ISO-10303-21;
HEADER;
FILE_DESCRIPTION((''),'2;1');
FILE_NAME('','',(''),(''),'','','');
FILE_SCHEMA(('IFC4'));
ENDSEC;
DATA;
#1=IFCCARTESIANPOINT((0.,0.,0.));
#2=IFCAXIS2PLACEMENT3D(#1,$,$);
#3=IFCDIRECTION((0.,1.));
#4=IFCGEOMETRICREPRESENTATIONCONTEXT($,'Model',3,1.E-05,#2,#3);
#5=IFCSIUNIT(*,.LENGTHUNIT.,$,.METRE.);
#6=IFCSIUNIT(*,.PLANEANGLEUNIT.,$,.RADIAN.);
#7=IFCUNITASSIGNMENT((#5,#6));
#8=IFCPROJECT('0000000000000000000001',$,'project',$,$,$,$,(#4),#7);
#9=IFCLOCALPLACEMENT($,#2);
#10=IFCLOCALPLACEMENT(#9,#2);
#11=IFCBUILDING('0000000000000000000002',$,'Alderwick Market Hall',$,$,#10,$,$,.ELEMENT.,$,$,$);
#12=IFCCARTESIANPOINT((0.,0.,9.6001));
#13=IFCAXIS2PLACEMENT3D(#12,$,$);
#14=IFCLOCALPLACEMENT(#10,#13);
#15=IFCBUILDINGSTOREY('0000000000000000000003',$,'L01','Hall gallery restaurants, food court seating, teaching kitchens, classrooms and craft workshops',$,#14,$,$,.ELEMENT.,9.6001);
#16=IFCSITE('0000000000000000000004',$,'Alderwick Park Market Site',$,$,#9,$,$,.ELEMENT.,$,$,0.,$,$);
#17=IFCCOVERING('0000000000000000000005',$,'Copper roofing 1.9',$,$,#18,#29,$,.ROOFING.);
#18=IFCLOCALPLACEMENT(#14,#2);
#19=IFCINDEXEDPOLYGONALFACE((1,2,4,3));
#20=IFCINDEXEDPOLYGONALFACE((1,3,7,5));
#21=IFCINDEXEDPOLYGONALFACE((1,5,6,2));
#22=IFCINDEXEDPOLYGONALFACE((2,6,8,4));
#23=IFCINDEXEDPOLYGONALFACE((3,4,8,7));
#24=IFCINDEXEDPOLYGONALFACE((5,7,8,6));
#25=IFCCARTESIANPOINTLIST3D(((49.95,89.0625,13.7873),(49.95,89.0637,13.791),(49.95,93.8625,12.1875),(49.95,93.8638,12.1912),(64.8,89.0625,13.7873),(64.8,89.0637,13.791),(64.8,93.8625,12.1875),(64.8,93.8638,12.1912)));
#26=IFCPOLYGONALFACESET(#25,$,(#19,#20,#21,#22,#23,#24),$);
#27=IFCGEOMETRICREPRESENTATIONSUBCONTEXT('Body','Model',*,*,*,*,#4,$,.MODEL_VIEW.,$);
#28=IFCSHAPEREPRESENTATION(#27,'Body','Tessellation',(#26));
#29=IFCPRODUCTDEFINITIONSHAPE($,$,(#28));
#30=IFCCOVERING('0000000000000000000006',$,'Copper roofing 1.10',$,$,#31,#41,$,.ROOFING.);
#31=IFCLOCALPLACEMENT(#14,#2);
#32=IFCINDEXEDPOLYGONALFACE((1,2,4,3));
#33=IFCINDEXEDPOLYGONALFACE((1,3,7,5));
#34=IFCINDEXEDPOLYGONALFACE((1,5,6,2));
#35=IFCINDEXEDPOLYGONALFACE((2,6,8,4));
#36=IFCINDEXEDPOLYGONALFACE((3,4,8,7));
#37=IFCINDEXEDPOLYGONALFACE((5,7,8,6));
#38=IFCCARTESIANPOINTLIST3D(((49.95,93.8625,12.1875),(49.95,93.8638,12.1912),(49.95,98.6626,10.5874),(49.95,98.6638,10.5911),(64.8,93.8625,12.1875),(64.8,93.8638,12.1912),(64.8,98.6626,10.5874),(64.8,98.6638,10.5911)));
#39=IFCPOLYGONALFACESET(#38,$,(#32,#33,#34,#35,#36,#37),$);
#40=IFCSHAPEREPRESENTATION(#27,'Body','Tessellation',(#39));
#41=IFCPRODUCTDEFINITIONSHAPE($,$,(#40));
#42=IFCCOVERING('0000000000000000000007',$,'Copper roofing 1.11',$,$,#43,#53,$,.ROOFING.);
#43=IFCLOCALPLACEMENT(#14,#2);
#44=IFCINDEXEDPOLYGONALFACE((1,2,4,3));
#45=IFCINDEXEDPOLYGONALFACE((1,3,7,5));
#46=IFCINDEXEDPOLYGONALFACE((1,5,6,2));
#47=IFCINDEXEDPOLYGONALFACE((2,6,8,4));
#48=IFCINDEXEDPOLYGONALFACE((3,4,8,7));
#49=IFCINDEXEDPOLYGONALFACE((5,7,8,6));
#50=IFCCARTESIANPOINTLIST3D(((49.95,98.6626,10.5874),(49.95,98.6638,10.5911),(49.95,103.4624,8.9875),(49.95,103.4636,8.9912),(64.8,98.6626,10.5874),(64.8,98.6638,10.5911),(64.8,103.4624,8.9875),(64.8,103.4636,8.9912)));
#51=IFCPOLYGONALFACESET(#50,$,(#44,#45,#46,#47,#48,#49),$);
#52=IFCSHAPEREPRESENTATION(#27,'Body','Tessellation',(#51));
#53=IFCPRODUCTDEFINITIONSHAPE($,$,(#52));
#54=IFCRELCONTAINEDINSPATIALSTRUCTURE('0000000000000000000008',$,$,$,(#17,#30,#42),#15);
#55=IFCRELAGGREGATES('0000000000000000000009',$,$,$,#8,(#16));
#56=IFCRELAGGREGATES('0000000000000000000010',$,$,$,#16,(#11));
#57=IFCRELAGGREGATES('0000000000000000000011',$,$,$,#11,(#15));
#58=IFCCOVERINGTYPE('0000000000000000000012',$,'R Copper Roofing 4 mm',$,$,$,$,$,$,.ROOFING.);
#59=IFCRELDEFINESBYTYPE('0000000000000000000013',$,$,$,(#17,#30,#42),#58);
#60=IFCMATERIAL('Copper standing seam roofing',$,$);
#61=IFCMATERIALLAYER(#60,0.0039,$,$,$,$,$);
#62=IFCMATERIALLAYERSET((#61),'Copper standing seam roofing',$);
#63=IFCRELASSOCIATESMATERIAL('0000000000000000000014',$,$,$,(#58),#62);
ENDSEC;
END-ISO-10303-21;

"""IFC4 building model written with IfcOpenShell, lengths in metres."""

from ifc_helpers import new_model, si_unit, direction, frame, origin, place, context, subcontext, project, spatial, polyline, outline, extrude, material, layer, layer_set, type_object, element, save


model = new_model("IFC4")

# Units and contexts
model_context = context("Model", 3, precision=1e-05, world=origin(), true_north=direction((0.0, 1.0)))
body_context = subcontext(model_context, "Body", "Model", "MODEL_VIEW")
ifc_project = project(units=[si_unit("LENGTHUNIT", "METRE"), si_unit("PLANEANGLEUNIT", "RADIAN")], contexts=[model_context])

# Site, building, storey
site_placement = place(None, origin())
site = spatial("IfcSite", under=ifc_project, at=site_placement, Name="Alderwick Park Market Site", CompositionType="ELEMENT", RefElevation=0.0)
building_placement = place(site_placement, origin())
building = spatial("IfcBuilding", under=site, at=building_placement, Name="Alderwick Market Hall", CompositionType="ELEMENT")
storey_placement = place(building_placement, frame((0.0, 0.0, 9.6001)))
storey = spatial("IfcBuildingStorey", under=building, at=storey_placement, Name="L01", Description="Hall gallery restaurants, food court seating, teaching kitchens, classrooms and craft workshops", CompositionType="ELEMENT", Elevation=9.6001)

# Coverings
ifc_material_1 = material(Name="Copper standing seam roofing")
ifc_layer_1 = layer(ifc_material_1, 0.0039)
ifc_layer_set_1 = layer_set([ifc_layer_1], Name="Copper standing seam roofing")
covering_type = type_object("IfcCoveringType", Name="R Copper Roofing 4 mm", PredefinedType="ROOFING", material=ifc_layer_set_1)
covering_1_placement = place(storey_placement, frame((49.95, 89.0637, 13.791), z_axis=(0.0, 0.316199, 0.948693), x_axis=(1.0, 0.0, 0.0)))
element("IfcCovering", 1, at=covering_1_placement, inside=storey, type_object=covering_type, Name="Copper roofing 1.9", PredefinedType="ROOFING", context=body_context, shape_type="SweptSolid", body=[
    extrude(outline(polyline([(0.0, 0.0), (14.8501, 0.0), (14.8501, 5.0596), (0.0, 5.0596), (0.0, 0.0)])), origin(), (0.0, 0.0, -1.0), 0.0039),
])
covering_2_placement = place(storey_placement, frame((49.95, 93.8638, 12.1912), z_axis=(0.0, 0.316242, 0.948678), x_axis=(1.0, 0.0, 0.0)))
element("IfcCovering", 2, at=covering_2_placement, inside=storey, type_object=covering_type, Name="Copper roofing 1.10", PredefinedType="ROOFING", context=body_context, shape_type="SweptSolid", body=[
    extrude(outline(polyline([(0.0, 0.0), (14.8501, 0.0), (14.8501, 5.0597), (0.0, 5.0597), (0.0, 0.0)])), origin(), (0.0, 0.0, -1.0), 0.0039),
])
covering_3_placement = place(storey_placement, frame((49.95, 98.6638, 10.5911), z_axis=(0.0, 0.316213, 0.948688), x_axis=(1.0, 0.0, 0.0)))
element("IfcCovering", 3, at=covering_3_placement, inside=storey, type_object=covering_type, Name="Copper roofing 1.11", PredefinedType="ROOFING", context=body_context, shape_type="SweptSolid", body=[
    extrude(outline(polyline([(0.0, 0.0), (14.8501, 0.0), (14.8501, 5.0594), (0.0, 5.0594), (0.0, 0.0)])), origin(), (0.0, 0.0, -1.0), 0.0039),
])

save(model, "model.ifc")
